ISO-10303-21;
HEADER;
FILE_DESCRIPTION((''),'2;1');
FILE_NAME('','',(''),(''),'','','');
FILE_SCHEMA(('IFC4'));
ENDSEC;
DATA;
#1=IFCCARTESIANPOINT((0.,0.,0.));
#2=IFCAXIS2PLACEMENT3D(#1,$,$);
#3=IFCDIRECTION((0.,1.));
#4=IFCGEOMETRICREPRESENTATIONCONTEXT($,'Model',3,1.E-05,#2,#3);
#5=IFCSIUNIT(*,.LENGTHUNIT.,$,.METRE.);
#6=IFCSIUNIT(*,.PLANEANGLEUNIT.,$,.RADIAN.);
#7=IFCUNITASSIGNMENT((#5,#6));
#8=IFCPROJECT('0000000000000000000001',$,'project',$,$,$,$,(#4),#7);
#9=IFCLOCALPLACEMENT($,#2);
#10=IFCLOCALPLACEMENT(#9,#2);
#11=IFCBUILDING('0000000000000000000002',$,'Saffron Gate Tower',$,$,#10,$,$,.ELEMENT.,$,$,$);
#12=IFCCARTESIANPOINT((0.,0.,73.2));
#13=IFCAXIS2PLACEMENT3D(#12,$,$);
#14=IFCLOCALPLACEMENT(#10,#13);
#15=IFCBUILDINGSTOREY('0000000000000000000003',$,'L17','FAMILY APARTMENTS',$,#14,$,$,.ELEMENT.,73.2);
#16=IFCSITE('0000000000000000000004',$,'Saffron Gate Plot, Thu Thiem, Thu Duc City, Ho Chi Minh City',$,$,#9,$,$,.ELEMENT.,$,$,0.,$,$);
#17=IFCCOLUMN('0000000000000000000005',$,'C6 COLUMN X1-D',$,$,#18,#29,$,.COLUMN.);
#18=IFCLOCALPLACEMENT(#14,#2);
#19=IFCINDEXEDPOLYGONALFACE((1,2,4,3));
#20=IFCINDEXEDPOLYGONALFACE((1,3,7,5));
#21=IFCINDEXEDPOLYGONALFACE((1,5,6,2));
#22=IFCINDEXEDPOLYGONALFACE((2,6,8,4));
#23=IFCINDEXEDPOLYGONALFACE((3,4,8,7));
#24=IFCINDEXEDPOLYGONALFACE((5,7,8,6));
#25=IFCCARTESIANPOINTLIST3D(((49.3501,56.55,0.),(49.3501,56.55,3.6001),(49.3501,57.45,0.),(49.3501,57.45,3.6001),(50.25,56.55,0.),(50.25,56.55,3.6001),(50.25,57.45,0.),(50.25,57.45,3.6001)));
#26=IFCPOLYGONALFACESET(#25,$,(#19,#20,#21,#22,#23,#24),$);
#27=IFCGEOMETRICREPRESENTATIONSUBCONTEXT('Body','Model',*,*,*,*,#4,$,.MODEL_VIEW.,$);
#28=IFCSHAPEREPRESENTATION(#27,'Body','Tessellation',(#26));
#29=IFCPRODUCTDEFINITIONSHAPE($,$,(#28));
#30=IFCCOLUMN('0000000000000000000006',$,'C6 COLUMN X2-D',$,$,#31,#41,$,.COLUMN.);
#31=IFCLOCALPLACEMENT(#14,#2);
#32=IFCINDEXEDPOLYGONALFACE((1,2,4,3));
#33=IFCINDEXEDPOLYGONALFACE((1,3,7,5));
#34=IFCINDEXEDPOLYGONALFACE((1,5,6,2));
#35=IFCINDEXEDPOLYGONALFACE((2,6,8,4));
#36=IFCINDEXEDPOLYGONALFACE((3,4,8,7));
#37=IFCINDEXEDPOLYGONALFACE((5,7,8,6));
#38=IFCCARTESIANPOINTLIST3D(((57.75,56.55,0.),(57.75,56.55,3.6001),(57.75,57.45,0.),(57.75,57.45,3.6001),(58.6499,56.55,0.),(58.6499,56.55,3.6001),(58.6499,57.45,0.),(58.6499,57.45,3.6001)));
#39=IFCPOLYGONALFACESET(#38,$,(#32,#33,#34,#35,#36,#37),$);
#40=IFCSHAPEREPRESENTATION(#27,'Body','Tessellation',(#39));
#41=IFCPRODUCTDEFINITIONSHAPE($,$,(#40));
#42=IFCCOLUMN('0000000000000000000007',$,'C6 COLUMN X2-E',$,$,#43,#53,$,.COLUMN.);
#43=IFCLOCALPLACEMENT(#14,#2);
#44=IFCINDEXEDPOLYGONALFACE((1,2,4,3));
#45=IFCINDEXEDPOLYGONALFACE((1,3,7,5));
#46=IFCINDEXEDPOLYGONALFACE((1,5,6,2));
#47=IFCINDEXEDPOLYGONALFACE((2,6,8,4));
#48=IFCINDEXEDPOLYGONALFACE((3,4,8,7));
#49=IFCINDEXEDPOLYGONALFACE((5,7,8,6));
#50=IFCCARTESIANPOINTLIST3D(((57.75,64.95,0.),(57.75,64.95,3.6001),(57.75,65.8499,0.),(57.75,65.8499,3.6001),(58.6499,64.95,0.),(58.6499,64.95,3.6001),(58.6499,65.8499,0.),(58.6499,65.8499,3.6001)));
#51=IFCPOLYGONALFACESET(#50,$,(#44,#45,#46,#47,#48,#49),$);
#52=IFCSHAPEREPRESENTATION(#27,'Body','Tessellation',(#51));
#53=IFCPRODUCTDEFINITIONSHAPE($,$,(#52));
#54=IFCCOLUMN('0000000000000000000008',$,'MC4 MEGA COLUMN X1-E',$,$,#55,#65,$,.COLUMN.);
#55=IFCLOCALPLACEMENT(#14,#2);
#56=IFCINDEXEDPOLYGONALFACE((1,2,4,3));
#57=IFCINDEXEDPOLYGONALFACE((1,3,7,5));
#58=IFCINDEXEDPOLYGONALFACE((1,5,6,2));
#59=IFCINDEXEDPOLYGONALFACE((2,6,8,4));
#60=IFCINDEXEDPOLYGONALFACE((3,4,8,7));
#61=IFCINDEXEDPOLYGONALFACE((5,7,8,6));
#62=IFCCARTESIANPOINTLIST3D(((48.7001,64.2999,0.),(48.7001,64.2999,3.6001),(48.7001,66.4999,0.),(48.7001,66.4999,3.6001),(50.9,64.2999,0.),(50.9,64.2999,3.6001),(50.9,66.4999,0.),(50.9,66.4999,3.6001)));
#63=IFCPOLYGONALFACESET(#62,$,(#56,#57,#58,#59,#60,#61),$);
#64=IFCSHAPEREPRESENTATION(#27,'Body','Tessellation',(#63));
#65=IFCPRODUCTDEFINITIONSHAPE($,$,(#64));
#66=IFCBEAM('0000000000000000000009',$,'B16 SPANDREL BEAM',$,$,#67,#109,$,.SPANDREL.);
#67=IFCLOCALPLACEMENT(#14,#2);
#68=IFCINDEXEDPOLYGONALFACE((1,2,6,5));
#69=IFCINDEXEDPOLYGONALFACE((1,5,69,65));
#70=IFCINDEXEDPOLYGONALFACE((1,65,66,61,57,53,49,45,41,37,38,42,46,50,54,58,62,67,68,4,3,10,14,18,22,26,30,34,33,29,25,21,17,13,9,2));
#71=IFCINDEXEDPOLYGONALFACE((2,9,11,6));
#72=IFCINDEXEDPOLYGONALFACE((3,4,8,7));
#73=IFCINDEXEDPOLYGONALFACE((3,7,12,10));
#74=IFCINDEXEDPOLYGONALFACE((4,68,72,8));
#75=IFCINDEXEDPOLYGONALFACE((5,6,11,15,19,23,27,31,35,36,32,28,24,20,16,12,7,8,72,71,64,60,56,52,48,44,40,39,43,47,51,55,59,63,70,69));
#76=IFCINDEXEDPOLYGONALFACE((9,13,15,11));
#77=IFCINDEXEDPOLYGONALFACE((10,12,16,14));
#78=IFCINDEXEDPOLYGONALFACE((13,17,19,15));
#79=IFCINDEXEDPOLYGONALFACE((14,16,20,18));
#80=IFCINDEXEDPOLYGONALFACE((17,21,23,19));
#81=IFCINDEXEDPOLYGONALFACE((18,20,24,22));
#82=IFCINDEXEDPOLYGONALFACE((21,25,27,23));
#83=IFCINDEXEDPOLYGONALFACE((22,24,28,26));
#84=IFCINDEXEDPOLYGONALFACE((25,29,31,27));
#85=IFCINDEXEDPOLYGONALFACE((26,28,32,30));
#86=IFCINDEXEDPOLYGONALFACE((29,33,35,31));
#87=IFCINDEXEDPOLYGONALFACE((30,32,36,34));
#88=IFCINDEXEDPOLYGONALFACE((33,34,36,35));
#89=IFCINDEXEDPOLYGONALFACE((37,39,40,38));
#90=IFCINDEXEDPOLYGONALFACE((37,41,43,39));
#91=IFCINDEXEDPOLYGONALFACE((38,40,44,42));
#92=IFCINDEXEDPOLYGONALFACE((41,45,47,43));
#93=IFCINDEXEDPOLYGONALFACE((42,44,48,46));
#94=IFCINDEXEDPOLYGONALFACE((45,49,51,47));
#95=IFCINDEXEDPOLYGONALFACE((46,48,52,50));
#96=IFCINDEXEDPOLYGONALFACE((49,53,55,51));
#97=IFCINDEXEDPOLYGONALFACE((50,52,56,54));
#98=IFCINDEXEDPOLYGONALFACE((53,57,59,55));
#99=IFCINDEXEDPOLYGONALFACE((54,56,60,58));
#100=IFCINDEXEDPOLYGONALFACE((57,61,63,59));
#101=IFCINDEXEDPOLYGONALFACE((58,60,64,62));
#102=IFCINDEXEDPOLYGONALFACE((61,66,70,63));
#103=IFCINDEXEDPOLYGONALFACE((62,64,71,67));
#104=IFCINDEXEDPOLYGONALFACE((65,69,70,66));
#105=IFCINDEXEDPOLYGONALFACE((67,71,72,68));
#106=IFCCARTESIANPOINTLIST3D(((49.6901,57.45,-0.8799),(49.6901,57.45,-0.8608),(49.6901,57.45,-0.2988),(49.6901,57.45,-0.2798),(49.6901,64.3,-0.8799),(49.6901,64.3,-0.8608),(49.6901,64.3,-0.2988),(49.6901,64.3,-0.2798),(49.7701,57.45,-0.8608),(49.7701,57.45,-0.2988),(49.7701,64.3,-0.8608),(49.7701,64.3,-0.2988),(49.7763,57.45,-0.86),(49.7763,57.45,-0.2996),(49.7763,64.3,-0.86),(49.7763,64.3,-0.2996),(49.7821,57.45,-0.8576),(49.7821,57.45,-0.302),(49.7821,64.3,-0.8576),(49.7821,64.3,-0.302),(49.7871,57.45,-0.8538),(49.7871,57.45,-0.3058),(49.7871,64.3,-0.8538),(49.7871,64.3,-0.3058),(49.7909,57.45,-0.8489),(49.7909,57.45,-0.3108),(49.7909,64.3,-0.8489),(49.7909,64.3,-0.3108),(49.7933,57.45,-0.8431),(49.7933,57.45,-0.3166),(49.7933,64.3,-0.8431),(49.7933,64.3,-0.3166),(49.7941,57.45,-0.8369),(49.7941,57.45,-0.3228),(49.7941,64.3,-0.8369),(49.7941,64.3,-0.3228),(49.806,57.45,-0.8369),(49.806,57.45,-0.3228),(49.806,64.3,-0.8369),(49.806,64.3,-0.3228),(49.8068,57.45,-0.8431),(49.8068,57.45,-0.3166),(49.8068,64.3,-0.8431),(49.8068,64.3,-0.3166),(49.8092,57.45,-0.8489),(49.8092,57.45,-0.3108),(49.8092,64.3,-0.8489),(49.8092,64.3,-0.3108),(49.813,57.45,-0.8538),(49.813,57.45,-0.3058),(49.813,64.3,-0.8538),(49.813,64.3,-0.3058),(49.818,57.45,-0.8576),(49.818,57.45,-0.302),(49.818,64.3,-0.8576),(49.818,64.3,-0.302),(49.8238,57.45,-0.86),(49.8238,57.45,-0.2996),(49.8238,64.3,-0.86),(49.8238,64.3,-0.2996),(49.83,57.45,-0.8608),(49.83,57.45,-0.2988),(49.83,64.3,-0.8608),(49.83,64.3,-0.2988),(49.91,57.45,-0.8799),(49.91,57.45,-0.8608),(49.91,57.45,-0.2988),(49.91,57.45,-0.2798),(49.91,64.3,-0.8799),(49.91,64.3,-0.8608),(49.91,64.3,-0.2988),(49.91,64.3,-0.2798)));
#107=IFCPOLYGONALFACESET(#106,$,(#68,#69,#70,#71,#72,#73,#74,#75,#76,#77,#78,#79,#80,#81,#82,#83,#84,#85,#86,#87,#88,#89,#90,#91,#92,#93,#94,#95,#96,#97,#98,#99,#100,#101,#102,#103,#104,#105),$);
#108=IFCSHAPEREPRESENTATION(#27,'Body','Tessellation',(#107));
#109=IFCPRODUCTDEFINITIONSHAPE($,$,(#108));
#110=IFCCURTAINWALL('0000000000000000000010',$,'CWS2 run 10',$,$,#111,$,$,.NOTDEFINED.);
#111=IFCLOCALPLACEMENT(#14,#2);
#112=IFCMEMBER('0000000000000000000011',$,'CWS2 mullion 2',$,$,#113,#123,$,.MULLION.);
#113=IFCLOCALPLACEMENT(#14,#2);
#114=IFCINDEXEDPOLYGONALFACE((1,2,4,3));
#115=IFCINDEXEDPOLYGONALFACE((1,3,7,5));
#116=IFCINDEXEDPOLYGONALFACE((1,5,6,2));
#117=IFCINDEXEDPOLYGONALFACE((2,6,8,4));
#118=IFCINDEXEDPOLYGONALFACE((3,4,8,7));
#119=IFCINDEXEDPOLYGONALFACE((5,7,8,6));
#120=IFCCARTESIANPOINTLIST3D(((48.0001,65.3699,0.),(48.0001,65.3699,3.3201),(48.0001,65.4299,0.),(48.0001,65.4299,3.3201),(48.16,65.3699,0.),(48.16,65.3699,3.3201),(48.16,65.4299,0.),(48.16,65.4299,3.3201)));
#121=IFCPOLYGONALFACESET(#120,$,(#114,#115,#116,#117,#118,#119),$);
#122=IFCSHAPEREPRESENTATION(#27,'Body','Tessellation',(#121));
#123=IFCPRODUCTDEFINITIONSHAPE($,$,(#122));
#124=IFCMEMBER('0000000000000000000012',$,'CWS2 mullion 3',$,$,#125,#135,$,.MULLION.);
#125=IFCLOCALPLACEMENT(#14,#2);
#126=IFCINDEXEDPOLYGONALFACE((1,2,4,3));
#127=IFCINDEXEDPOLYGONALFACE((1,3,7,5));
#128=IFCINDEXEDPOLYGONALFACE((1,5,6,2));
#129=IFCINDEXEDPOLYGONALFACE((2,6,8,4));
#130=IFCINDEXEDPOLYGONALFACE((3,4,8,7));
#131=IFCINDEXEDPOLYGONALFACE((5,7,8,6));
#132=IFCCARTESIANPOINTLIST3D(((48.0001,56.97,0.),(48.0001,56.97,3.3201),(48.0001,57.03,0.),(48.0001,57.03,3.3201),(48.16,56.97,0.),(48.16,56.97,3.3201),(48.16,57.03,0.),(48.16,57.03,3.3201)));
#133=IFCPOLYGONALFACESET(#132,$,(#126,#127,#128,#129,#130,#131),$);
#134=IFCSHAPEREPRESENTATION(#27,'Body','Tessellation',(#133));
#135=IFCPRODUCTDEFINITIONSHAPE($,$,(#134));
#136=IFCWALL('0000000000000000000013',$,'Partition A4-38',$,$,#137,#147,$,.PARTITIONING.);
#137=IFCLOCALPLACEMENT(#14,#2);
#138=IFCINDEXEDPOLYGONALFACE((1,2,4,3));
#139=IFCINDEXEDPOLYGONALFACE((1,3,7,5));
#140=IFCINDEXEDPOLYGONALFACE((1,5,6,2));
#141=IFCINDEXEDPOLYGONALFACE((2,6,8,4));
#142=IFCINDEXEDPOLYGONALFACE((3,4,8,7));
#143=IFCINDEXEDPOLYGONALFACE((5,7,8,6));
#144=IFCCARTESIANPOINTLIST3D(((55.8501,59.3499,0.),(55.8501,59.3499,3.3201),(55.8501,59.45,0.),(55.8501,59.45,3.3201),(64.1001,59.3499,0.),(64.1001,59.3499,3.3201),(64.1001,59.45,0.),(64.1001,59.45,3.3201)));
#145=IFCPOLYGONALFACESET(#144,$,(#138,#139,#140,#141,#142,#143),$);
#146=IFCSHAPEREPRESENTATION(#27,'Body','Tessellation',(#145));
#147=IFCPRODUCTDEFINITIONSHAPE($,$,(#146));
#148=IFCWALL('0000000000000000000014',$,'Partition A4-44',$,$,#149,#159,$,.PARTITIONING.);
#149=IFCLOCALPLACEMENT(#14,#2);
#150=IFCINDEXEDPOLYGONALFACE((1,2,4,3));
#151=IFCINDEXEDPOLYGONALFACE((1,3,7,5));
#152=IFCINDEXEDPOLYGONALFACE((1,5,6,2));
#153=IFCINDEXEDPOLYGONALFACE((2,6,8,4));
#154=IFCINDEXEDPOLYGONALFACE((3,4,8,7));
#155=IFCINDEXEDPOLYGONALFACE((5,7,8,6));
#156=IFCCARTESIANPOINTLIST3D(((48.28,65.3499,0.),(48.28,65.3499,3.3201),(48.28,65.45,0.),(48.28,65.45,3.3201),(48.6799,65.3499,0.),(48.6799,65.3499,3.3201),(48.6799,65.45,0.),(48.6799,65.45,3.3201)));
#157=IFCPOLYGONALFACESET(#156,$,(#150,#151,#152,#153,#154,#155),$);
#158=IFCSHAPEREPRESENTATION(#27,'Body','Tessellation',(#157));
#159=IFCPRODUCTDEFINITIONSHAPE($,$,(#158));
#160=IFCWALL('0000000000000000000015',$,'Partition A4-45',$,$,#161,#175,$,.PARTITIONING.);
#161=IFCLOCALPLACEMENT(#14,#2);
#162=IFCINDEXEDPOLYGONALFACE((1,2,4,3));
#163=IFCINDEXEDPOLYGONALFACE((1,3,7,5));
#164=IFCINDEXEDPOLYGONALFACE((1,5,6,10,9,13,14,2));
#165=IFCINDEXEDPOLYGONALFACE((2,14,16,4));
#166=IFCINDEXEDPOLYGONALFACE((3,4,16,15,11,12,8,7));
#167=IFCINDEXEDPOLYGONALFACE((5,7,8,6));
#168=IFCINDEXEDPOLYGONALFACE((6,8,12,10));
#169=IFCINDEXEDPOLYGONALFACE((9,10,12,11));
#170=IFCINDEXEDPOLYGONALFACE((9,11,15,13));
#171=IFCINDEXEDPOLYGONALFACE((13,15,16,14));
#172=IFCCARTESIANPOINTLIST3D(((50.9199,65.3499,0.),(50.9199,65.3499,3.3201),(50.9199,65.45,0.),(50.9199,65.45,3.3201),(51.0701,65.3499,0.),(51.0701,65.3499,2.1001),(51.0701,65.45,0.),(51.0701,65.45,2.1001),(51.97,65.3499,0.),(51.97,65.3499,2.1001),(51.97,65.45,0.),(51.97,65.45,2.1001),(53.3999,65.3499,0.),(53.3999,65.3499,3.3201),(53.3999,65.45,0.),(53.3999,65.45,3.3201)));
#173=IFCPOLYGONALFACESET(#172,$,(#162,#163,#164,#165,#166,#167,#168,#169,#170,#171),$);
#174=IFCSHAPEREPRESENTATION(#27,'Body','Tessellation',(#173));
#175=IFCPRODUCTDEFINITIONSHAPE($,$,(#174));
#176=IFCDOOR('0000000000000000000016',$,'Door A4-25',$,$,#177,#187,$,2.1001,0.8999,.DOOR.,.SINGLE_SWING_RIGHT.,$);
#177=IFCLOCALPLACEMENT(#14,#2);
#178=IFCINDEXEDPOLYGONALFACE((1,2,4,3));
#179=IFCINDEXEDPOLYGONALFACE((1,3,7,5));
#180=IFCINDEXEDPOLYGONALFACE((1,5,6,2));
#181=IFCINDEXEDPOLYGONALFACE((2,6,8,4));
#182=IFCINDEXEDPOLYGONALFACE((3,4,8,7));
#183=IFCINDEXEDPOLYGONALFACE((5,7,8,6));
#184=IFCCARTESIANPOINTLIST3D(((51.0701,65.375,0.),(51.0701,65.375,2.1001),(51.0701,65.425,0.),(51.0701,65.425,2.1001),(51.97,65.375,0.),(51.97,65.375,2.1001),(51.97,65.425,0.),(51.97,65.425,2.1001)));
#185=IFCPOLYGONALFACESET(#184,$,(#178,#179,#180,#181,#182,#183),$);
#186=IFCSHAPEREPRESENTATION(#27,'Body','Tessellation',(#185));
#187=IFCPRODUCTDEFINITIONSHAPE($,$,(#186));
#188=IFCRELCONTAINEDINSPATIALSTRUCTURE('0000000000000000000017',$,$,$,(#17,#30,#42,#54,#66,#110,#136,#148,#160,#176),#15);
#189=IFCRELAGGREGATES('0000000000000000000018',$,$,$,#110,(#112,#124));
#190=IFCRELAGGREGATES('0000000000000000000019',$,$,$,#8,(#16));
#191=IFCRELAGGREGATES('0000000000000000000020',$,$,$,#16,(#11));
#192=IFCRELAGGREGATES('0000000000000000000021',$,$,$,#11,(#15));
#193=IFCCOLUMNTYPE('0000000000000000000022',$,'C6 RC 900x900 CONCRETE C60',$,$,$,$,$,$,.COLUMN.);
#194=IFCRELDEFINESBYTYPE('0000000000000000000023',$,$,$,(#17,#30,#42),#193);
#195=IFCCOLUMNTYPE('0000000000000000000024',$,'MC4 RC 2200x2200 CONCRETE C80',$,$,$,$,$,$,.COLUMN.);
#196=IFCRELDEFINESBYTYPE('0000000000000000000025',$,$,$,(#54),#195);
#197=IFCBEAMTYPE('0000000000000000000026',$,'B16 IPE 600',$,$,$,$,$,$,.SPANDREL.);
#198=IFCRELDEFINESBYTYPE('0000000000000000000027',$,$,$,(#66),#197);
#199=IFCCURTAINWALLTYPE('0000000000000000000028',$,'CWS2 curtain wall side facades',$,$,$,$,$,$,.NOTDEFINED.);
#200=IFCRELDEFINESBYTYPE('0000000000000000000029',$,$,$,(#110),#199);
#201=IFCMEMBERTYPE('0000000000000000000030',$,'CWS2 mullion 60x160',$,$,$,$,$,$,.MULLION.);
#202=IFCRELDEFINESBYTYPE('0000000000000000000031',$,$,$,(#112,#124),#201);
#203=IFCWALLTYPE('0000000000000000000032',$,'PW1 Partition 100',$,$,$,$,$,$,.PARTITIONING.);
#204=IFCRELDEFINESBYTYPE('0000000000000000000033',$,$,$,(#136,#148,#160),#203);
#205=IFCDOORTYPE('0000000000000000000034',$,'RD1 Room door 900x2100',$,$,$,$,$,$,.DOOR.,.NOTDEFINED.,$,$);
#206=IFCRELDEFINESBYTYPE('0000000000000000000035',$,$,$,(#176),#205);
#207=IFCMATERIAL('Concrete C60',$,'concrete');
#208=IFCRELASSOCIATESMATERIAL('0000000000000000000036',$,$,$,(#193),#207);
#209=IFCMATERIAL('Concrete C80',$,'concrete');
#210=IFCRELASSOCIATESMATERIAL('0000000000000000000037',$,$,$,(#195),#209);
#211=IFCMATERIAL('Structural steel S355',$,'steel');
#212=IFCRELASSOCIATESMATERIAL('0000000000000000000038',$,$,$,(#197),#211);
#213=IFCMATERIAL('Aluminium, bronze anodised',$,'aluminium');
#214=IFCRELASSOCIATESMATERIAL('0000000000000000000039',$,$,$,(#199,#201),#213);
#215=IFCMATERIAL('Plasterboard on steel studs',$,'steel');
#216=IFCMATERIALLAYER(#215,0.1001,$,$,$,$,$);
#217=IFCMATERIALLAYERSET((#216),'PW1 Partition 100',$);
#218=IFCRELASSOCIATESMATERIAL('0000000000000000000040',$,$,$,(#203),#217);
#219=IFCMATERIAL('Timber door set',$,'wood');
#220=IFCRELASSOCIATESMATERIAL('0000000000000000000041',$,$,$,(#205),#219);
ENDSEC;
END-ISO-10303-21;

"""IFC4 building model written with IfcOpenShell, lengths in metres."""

from ifc_helpers import new_model, si_unit, direction, frame, frame_2d, origin, origin_2d, place, context, subcontext, project, spatial, rectangle, i_section, extrude, material, layer, layer_set, material_profile, profile_set, type_object, element, fill, aggregate, save


model = new_model("IFC4")

# Units and contexts
model_context = context("Model", 3, precision=1e-05, world=origin(), true_north=direction((0.0, 1.0)))
body_context = subcontext(model_context, "Body", "Model", "MODEL_VIEW")
ifc_project = project(units=[si_unit("LENGTHUNIT", "METRE"), si_unit("PLANEANGLEUNIT", "RADIAN")], contexts=[model_context])

# Site, building, storey
site_placement = place(None, origin())
site = spatial("IfcSite", under=ifc_project, at=site_placement, Name="Saffron Gate Plot, Thu Thiem, Thu Duc City, Ho Chi Minh City", CompositionType="ELEMENT", RefElevation=0.0)
building_placement = place(site_placement, origin())
building = spatial("IfcBuilding", under=site, at=building_placement, Name="Saffron Gate Tower", CompositionType="ELEMENT")
storey_placement = place(building_placement, frame((0.0, 0.0, 73.2)))
storey = spatial("IfcBuildingStorey", under=building, at=storey_placement, Name="L17", Description="FAMILY APARTMENTS", CompositionType="ELEMENT", Elevation=73.2)

# Columns
ifc_material_1 = material(Name="Concrete C60", Category="concrete")
ifc_material_profile_1 = material_profile(ifc_material_1, rectangle(XDim=0.8999, YDim=0.8999, at=origin_2d()))
ifc_profile_set_1 = profile_set([ifc_material_profile_1], Name="Concrete C60")
column_type_1 = type_object("IfcColumnType", Name="C6 RC 900x900 CONCRETE C60", PredefinedType="COLUMN", material=ifc_profile_set_1)
for number, where, z_axis, x_axis, name in (
    (1, (49.8, 57.0, 0.0), (0.0, 0.0, 1.0), (1.0, 0.0, 0.0), "C6 COLUMN X1-D"),
    (2, (58.2, 57.0, 0.0), (0.0, 0.0, 1.0), (1.0, 0.0, 0.0), "C6 COLUMN X2-D"),
    (3, (58.2, 65.3999, 0.0), (0.0, 0.0, 1.0), (1.0, 0.0, 0.0), "C6 COLUMN X2-E"),
):
    element("IfcColumn", number, at=place(storey_placement, frame(where, z_axis=z_axis, x_axis=x_axis)), inside=storey, type_object=column_type_1, Name=name, PredefinedType="COLUMN", context=body_context, shape_type="SweptSolid", body=[
        extrude(rectangle(XDim=0.8999, YDim=0.8999, at=origin_2d()), origin(), (0.0, 0.0, 1.0), 3.6001),
    ])
ifc_material_2 = material(Name="Concrete C80", Category="concrete")
ifc_material_profile_2 = material_profile(ifc_material_2, rectangle(XDim=2.2, YDim=2.2, at=origin_2d()))
ifc_profile_set_2 = profile_set([ifc_material_profile_2], Name="Concrete C80")
column_type_2 = type_object("IfcColumnType", Name="MC4 RC 2200x2200 CONCRETE C80", PredefinedType="COLUMN", material=ifc_profile_set_2)
column_placement = place(storey_placement, frame((49.8, 65.3999, 0.0), z_axis=(0.0, 0.0, 1.0), x_axis=(1.0, 0.0, 0.0)))
element("IfcColumn", 4, at=column_placement, inside=storey, type_object=column_type_2, Name="MC4 MEGA COLUMN X1-E", PredefinedType="COLUMN", context=body_context, shape_type="SweptSolid", body=[
    extrude(rectangle(XDim=2.2, YDim=2.2, at=origin_2d()), origin(), (0.0, 0.0, 1.0), 3.6001),
])

# Beam
ifc_material_3 = material(Name="Structural steel S355", Category="steel")
ifc_material_profile_3 = material_profile(ifc_material_3, i_section(OverallWidth=0.22, OverallDepth=0.6001, WebThickness=0.012, FlangeThickness=0.019, FilletRadius=0.0239, at=origin_2d()))
ifc_profile_set_3 = profile_set([ifc_material_profile_3], Name="Structural steel S355")
beam_type = type_object("IfcBeamType", Name="B16 IPE 600", PredefinedType="SPANDREL", material=ifc_profile_set_3)
beam_placement = place(storey_placement, frame((49.8, 57.45, -0.5798), z_axis=(0.0, 1.0, 0.0), x_axis=(-1.0, 0.0, 0.0)))
element("IfcBeam", 5, at=beam_placement, inside=storey, type_object=beam_type, Name="B16 SPANDREL BEAM", PredefinedType="SPANDREL", context=body_context, shape_type="SweptSolid", body=[
    extrude(i_section(OverallWidth=0.22, OverallDepth=0.6001, WebThickness=0.012, FlangeThickness=0.019, FilletRadius=0.0239, at=origin_2d()), origin(), (0.0, 0.0, 1.0), 6.8501),
])

# Curtain wall, members
ifc_material_4 = material(Name="Aluminium, bronze anodised", Category="aluminium")
curtain_wall_type = type_object("IfcCurtainWallType", Name="CWS2 curtain wall side facades", PredefinedType="NOTDEFINED", material=ifc_material_4)
curtain_wall_placement = place(storey_placement, origin())
curtain_wall = element("IfcCurtainWall", 6, at=curtain_wall_placement, inside=storey, type_object=curtain_wall_type, Name="CWS2 run 10", PredefinedType="NOTDEFINED")
ifc_material_profile_4 = material_profile(ifc_material_4, rectangle(XDim=0.1599, YDim=0.0601, at=origin_2d()))
ifc_profile_set_4 = profile_set([ifc_material_profile_4], Name="Aluminium, bronze anodised")
member_type = type_object("IfcMemberType", Name="CWS2 mullion 60x160", PredefinedType="MULLION", material=ifc_profile_set_4)
member_1_placement = place(storey_placement, frame((48.0801, 65.3999, 0.0), z_axis=(0.0, 0.0, 1.0), x_axis=(1.0, 0.0, 0.0)))
member_1 = element("IfcMember", 7, at=member_1_placement, type_object=member_type, Name="CWS2 mullion 2", PredefinedType="MULLION", context=body_context, shape_type="SweptSolid", body=[
    extrude(rectangle(XDim=0.1599, YDim=0.0601, at=origin_2d()), origin(), (0.0, 0.0, 1.0), 3.3201),
])
member_2_placement = place(storey_placement, frame((48.0801, 57.0, 0.0), z_axis=(0.0, 0.0, 1.0), x_axis=(1.0, 0.0, 0.0)))
member_2 = element("IfcMember", 8, at=member_2_placement, type_object=member_type, Name="CWS2 mullion 3", PredefinedType="MULLION", context=body_context, shape_type="SweptSolid", body=[
    extrude(rectangle(XDim=0.1599, YDim=0.0601, at=origin_2d()), origin(), (0.0, 0.0, 1.0), 3.3201),
])
aggregate(curtain_wall, [member_1, member_2])

# Walls
ifc_material_5 = material(Name="Plasterboard on steel studs", Category="steel")
ifc_layer_1 = layer(ifc_material_5, 0.1001)
ifc_layer_set_1 = layer_set([ifc_layer_1], Name="PW1 Partition 100")
wall_type_1 = type_object("IfcWallType", Name="PW1 Partition 100", PredefinedType="PARTITIONING", material=ifc_layer_set_1)
wall_1_placement = place(storey_placement, frame((55.8501, 59.3999, 0.0), z_axis=(0.0, 0.0, 1.0), x_axis=(1.0, 0.0, 0.0)))
element("IfcWall", 9, at=wall_1_placement, inside=storey, type_object=wall_type_1, Name="Partition A4-38", PredefinedType="PARTITIONING", context=body_context, shape_type="SweptSolid", body=[
    extrude(rectangle(XDim=8.25, YDim=0.1001, at=frame_2d((4.125, 0.0))), origin(), (0.0, 0.0, 1.0), 3.3201),
])
wall_2_placement = place(storey_placement, frame((48.28, 65.3999, 0.0), z_axis=(0.0, 0.0, 1.0), x_axis=(1.0, 0.0, 0.0)))
element("IfcWall", 10, at=wall_2_placement, inside=storey, type_object=wall_type_1, Name="Partition A4-44", PredefinedType="PARTITIONING", context=body_context, shape_type="SweptSolid", body=[
    extrude(rectangle(XDim=0.3999, YDim=0.1001, at=frame_2d((0.2, 0.0))), origin(), (0.0, 0.0, 1.0), 3.3201),
])

# Wall, opening, door
wall_3_placement = place(storey_placement, frame((53.3999, 65.3999, 0.0), z_axis=(0.0, 0.0, 1.0), x_axis=(-1.0, 0.0, 0.0)))
wall_3 = element("IfcWall", 11, at=wall_3_placement, inside=storey, type_object=wall_type_1, Name="Partition A4-45", PredefinedType="PARTITIONING", context=body_context, shape_type="SweptSolid", body=[
    extrude(rectangle(XDim=2.48, YDim=0.1001, at=frame_2d((1.24, 0.0))), origin(), (0.0, 0.0, 1.0), 3.3201),
])
opening_1_placement = place(wall_3_placement, frame((1.4299, 0.0, 0.0)))
opening_1 = element("IfcOpeningElement", 12, at=opening_1_placement, cuts=wall_3, PredefinedType="OPENING", context=body_context, shape_type="SweptSolid", body=[
    extrude(rectangle(XDim=0.8999, YDim=2.1001, at=frame_2d((0.45, 1.05))), frame((0.0, 0.0601, 0.0), z_axis=(0.0, -1.0, 0.0), x_axis=(1.0, 0.0, 0.0)), (0.0, 0.0, 1.0), 0.1201),
])
ifc_material_6 = material(Name="Timber door set", Category="wood")
door_type_1 = type_object("IfcDoorType", Name="RD1 Room door 900x2100", OperationType="NOTDEFINED", PredefinedType="DOOR", material=ifc_material_6)
door_1_placement = place(opening_1_placement, origin())
door_1 = element("IfcDoor", 13, at=door_1_placement, inside=storey, type_object=door_type_1, Name="Door A4-25", OperationType="SINGLE_SWING_RIGHT", OverallHeight=2.1001, OverallWidth=0.8999, PredefinedType="DOOR", context=body_context, shape_type="SweptSolid", body=[
    extrude(rectangle(XDim=0.8999, YDim=2.1001, at=frame_2d((0.45, 1.05))), frame((0.0, 0.0249, 0.0), z_axis=(0.0, -1.0, 0.0), x_axis=(1.0, 0.0, 0.0)), (0.0, 0.0, 1.0), 0.05),
])
fill(opening_1, door_1)

save(model, "model.ifc")
